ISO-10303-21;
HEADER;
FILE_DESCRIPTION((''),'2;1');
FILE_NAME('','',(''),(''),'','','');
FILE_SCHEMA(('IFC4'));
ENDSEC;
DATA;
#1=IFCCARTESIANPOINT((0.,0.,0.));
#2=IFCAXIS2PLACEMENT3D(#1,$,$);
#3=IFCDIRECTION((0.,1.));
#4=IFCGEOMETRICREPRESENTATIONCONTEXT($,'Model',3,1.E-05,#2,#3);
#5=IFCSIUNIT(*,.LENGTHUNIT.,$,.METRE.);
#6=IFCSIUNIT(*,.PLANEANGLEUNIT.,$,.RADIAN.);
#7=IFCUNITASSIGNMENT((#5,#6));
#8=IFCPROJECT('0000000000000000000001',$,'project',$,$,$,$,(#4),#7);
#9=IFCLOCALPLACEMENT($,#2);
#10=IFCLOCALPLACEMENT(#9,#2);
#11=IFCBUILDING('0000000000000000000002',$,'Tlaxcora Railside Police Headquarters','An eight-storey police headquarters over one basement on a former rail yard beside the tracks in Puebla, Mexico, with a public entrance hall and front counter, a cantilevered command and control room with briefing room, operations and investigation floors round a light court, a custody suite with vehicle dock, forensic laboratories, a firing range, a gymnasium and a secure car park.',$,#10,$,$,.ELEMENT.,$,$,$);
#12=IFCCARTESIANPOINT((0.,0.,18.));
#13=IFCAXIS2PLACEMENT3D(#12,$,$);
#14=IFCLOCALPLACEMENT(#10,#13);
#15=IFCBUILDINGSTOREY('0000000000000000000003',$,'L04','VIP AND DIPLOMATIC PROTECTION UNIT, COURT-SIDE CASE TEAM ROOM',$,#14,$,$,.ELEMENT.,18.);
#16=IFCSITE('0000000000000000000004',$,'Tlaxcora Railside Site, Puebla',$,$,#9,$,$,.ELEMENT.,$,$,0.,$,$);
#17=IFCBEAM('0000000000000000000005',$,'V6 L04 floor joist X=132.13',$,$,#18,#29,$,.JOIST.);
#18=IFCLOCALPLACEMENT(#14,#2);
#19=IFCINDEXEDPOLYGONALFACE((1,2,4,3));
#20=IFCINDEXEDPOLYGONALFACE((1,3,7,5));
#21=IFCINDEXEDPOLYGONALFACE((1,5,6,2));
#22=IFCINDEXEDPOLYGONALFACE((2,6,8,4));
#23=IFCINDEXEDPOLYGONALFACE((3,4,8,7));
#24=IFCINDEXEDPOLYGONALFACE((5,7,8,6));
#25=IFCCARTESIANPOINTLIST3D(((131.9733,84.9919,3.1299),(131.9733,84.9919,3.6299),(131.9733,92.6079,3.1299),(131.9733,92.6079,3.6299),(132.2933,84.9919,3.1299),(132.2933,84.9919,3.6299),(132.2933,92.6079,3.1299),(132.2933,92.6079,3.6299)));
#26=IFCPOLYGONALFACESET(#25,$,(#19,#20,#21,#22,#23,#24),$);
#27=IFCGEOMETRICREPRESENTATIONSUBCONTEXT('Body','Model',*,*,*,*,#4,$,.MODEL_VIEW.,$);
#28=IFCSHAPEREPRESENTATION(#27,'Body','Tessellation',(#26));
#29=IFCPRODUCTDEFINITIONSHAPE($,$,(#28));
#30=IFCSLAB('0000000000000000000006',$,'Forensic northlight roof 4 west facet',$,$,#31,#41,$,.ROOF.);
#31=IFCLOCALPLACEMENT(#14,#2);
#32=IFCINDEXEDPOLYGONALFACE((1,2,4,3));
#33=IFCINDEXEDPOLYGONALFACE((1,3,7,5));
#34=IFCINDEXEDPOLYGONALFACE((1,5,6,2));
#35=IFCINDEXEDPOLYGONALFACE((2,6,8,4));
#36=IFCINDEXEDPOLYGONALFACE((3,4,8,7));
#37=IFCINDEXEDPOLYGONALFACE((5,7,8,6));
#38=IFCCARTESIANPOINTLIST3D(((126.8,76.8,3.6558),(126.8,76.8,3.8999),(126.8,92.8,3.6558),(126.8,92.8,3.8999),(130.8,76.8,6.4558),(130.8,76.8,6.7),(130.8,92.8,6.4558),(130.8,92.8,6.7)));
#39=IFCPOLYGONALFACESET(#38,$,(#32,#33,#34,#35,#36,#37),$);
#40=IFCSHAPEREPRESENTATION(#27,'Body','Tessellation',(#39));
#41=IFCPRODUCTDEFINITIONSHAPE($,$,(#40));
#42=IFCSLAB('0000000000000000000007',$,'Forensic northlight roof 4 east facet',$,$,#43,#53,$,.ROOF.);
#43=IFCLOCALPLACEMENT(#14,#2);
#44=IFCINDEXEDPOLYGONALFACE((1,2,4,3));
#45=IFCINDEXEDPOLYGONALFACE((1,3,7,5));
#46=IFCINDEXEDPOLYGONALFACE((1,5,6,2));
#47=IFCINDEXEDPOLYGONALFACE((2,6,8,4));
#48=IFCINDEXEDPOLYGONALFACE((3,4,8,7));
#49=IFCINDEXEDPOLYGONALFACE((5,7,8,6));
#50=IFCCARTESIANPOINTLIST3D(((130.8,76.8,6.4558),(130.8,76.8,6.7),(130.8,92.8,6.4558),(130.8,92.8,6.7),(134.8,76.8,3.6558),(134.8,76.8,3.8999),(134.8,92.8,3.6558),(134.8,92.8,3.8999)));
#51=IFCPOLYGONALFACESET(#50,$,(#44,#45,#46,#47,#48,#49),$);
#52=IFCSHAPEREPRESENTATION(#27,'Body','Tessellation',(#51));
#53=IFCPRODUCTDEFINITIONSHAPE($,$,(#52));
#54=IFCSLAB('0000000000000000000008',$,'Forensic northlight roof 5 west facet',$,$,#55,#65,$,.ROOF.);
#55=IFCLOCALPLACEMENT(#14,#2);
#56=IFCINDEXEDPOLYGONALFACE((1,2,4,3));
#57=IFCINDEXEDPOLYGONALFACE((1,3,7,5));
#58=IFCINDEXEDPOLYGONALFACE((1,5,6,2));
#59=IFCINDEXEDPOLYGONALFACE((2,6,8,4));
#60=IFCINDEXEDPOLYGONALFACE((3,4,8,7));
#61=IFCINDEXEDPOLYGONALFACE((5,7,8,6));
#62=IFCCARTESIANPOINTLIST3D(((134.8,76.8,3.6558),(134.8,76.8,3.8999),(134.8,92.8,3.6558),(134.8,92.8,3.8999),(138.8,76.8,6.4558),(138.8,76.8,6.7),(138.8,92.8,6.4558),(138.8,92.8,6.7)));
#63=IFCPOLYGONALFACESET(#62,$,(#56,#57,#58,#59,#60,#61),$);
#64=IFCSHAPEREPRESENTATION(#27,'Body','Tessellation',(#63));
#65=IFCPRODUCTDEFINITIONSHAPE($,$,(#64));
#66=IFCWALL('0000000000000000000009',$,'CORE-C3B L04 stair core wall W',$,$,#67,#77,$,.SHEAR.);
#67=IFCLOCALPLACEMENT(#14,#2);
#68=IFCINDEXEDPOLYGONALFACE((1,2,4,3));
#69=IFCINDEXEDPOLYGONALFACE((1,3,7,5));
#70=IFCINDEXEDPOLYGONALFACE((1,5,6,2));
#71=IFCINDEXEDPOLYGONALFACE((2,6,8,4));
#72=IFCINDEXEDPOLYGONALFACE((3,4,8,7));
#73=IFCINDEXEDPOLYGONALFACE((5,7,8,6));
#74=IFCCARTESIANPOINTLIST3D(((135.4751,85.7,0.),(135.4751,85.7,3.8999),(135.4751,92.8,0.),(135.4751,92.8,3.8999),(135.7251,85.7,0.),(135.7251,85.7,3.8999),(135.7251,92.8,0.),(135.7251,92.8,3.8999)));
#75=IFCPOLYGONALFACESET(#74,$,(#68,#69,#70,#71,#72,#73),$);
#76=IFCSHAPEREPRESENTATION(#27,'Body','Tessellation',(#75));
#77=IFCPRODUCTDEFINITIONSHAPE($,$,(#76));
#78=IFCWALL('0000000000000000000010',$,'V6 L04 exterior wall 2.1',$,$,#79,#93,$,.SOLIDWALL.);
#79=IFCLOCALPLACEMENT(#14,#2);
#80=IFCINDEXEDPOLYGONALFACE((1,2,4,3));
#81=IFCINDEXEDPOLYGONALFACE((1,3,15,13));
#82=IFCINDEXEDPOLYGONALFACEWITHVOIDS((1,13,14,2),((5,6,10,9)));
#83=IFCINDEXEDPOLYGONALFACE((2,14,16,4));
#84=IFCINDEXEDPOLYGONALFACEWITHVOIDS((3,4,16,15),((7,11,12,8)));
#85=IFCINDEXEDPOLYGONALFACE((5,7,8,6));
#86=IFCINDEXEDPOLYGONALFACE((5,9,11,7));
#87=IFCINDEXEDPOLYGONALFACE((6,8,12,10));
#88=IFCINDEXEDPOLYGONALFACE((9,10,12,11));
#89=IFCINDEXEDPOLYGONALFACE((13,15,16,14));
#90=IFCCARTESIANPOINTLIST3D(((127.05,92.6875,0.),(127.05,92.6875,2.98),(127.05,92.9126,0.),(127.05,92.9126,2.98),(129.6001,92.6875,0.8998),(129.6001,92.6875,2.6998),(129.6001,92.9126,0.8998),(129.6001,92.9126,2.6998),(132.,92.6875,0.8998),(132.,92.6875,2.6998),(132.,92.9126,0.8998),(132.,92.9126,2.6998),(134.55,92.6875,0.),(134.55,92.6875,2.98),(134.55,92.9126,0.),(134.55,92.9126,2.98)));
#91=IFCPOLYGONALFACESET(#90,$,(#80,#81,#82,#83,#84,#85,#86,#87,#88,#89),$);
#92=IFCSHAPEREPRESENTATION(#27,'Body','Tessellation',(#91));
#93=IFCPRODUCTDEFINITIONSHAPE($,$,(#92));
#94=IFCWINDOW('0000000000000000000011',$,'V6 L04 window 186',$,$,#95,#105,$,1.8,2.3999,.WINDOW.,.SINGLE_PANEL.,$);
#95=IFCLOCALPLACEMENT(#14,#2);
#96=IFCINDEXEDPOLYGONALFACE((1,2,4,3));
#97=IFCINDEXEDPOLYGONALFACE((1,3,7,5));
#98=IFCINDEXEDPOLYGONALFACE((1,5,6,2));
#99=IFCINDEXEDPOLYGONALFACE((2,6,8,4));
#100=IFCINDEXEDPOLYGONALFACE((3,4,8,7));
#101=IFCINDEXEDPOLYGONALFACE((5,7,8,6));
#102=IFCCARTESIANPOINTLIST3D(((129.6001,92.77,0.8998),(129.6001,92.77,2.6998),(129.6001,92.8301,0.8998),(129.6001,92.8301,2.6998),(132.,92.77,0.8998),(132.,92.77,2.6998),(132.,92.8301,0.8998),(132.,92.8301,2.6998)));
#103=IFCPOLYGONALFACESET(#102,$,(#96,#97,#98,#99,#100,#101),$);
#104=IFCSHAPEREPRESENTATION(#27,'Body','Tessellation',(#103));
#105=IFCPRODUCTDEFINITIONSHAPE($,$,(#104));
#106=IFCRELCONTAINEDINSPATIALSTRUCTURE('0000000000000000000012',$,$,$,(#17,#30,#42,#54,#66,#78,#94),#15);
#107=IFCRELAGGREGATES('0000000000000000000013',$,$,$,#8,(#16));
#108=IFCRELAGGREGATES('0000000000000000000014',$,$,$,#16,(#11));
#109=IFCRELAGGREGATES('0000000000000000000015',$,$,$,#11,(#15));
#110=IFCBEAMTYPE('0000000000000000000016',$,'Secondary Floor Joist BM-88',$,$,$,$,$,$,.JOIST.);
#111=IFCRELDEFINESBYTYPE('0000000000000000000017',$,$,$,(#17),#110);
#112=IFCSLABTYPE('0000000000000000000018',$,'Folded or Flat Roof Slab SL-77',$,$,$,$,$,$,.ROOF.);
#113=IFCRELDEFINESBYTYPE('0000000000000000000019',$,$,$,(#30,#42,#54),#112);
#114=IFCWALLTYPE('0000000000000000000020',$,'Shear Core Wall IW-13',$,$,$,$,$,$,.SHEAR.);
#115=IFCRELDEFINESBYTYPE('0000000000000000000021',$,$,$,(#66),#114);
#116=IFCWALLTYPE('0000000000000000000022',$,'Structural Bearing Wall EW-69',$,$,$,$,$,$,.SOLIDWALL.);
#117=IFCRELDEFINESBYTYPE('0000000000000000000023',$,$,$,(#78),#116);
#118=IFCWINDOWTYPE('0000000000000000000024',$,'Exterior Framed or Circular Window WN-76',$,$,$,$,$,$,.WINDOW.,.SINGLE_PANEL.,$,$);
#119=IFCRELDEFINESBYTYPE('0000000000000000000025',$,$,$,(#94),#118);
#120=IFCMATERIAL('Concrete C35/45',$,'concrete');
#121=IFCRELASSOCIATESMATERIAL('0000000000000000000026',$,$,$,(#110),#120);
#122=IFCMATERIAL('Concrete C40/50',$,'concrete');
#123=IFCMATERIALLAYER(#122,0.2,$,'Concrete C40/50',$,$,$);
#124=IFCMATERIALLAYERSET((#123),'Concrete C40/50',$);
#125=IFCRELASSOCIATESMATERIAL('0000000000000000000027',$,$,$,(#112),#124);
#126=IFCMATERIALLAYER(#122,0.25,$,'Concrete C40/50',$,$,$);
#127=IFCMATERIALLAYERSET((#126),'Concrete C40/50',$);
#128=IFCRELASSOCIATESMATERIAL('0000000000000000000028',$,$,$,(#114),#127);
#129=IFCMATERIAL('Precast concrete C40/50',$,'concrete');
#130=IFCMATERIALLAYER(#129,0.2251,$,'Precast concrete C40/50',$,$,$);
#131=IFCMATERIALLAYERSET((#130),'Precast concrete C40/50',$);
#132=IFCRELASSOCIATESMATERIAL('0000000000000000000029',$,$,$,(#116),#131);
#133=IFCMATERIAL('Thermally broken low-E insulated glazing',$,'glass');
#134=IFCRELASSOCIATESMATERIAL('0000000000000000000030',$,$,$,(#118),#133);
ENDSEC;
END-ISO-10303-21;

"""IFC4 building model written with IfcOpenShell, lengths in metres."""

from ifc_helpers import new_model, si_unit, direction, frame, frame_2d, origin, origin_2d, place, context, subcontext, project, spatial, polyline, rectangle, outline, extrude, material, layer, layer_set, material_profile, profile_set, type_object, element, fill, save


model = new_model("IFC4")

# Units and contexts
model_context = context("Model", 3, precision=1e-05, world=origin(), true_north=direction((0.0, 1.0)))
body_context = subcontext(model_context, "Body", "Model", "MODEL_VIEW")
ifc_project = project(units=[si_unit("LENGTHUNIT", "METRE"), si_unit("PLANEANGLEUNIT", "RADIAN")], contexts=[model_context])

# Site, building, storey
site_placement = place(None, origin())
site = spatial("IfcSite", under=ifc_project, at=site_placement, Name="Tlaxcora Railside Site, Puebla", CompositionType="ELEMENT", RefElevation=0.0)
building_placement = place(site_placement, origin())
building = spatial("IfcBuilding", under=site, at=building_placement, Name="Tlaxcora Railside Police Headquarters", Description="An eight-storey police headquarters over one basement on a former rail yard beside the tracks in Puebla, Mexico, with a public entrance hall and front counter, a cantilevered command and control room with briefing room, operations and investigation floors round a light court, a custody suite with vehicle dock, forensic laboratories, a firing range, a gymnasium and a secure car park.", CompositionType="ELEMENT")
storey_placement = place(building_placement, frame((0.0, 0.0, 18.0)))
storey = spatial("IfcBuildingStorey", under=building, at=storey_placement, Name="L04", Description="VIP AND DIPLOMATIC PROTECTION UNIT, COURT-SIDE CASE TEAM ROOM", CompositionType="ELEMENT", Elevation=18.0)

# Shared definitions
ifc_material_1 = material(Name="Concrete C40/50", Category="concrete")

# Beam
ifc_material_2 = material(Name="Concrete C35/45", Category="concrete")
ifc_material_profile_1 = material_profile(ifc_material_2, rectangle(XDim=0.3201, YDim=0.5, at=origin_2d()), Name="RC320X500")
ifc_profile_set_1 = profile_set([ifc_material_profile_1], Name="Concrete C35/45")
beam_type_1 = type_object("IfcBeamType", Name="Secondary Floor Joist BM-88", PredefinedType="JOIST", material=ifc_profile_set_1)
beam_1_placement = place(storey_placement, frame((132.1333, 84.9919, 3.3799), z_axis=(0.0, 1.0, 0.0), x_axis=(-1.0, 0.0, 0.0)))
element("IfcBeam", 1, at=beam_1_placement, inside=storey, type_object=beam_type_1, Name="V6 L04 floor joist X=132.13", PredefinedType="JOIST", context=body_context, shape_type="SweptSolid", body=[
    extrude(rectangle(XDim=0.3201, YDim=0.5, at=origin_2d()), origin(), (0.0, 0.0, 1.0), 7.616),
])

# Slabs
ifc_layer_1 = layer(ifc_material_1, 0.2, Name="Concrete C40/50")
ifc_layer_set_1 = layer_set([ifc_layer_1], Name="Concrete C40/50")
slab_type = type_object("IfcSlabType", Name="Folded or Flat Roof Slab SL-77", PredefinedType="ROOF", material=ifc_layer_set_1)
slab_1_placement = place(storey_placement, frame((126.8, 92.8, 0.0), z_axis=(0.0, -1.0, 0.0), x_axis=(1.0, 0.0, 0.0)))
element("IfcSlab", 2, at=slab_1_placement, inside=storey, type_object=slab_type, Name="Forensic northlight roof 4 west facet", PredefinedType="ROOF", context=body_context, shape_type="SweptSolid", body=[
    extrude(outline(polyline([(0.0, 3.6558), (4.0, 6.4558), (4.0, 6.7), (0.0, 3.8999), (0.0, 3.6558)])), origin(), (0.0, 0.0, 1.0), 16.0),
])
slab_2_placement = place(storey_placement, frame((130.8, 92.8, 0.0), z_axis=(0.0, -1.0, 0.0), x_axis=(1.0, 0.0, 0.0)))
element("IfcSlab", 3, at=slab_2_placement, inside=storey, type_object=slab_type, Name="Forensic northlight roof 4 east facet", PredefinedType="ROOF", context=body_context, shape_type="SweptSolid", body=[
    extrude(outline(polyline([(0.0, 6.4558), (4.0, 3.6558), (4.0, 3.8999), (0.0, 6.7), (0.0, 6.4558)])), origin(), (0.0, 0.0, 1.0), 16.0),
])
slab_3_placement = place(storey_placement, frame((134.8, 92.8, 0.0), z_axis=(0.0, -1.0, 0.0), x_axis=(1.0, 0.0, 0.0)))
element("IfcSlab", 4, at=slab_3_placement, inside=storey, type_object=slab_type, Name="Forensic northlight roof 5 west facet", PredefinedType="ROOF", context=body_context, shape_type="SweptSolid", body=[
    extrude(outline(polyline([(0.0, 3.6558), (4.0, 6.4558), (4.0, 6.7), (0.0, 3.8999), (0.0, 3.6558)])), origin(), (0.0, 0.0, 1.0), 16.0),
])

# Shared definitions
ifc_layer_2 = layer(ifc_material_1, 0.25, Name="Concrete C40/50")
ifc_layer_set_2 = layer_set([ifc_layer_2], Name="Concrete C40/50")
wall_type_1 = type_object("IfcWallType", Name="Shear Core Wall IW-13", PredefinedType="SHEAR", material=ifc_layer_set_2)

# Wall
wall_1_placement = place(storey_placement, frame((135.6001, 92.8, 0.0), z_axis=(0.0, 0.0, 1.0), x_axis=(0.0, -1.0, 0.0)))
element("IfcWall", 5, at=wall_1_placement, inside=storey, type_object=wall_type_1, Name="CORE-C3B L04 stair core wall W", PredefinedType="SHEAR", context=body_context, shape_type="SweptSolid", body=[
    extrude(rectangle(XDim=7.1001, YDim=0.25, at=frame_2d((3.55, 0.0))), origin(), (0.0, 0.0, 1.0), 3.8999),
])

# Wall, opening, window
ifc_material_3 = material(Name="Precast concrete C40/50", Category="concrete")
ifc_layer_3 = layer(ifc_material_3, 0.2251, Name="Precast concrete C40/50")
ifc_layer_set_3 = layer_set([ifc_layer_3], Name="Precast concrete C40/50")
wall_type_2 = type_object("IfcWallType", Name="Structural Bearing Wall EW-69", PredefinedType="SOLIDWALL", material=ifc_layer_set_3)
wall_2_placement = place(storey_placement, frame((134.55, 92.8, 0.0), z_axis=(0.0, 0.0, 1.0), x_axis=(-1.0, 0.0, 0.0)))
wall_2 = element("IfcWall", 6, at=wall_2_placement, inside=storey, type_object=wall_type_2, Name="V6 L04 exterior wall 2.1", PredefinedType="SOLIDWALL", context=body_context, shape_type="SweptSolid", body=[
    extrude(rectangle(XDim=7.5, YDim=0.2251, at=frame_2d((3.75, 0.0))), origin(), (0.0, 0.0, 1.0), 2.98),
])
opening_1_placement = place(wall_2_placement, frame((2.55, 0.0, 0.8999)))
opening_1 = element("IfcOpeningElement", 7, at=opening_1_placement, cuts=wall_2, PredefinedType="OPENING", context=body_context, shape_type="SweptSolid", body=[
    extrude(rectangle(XDim=2.3999, YDim=1.8, at=frame_2d((1.2, 0.8999))), frame((0.0, 0.1226, 0.0), z_axis=(0.0, -1.0, 0.0), x_axis=(1.0, 0.0, 0.0)), (0.0, 0.0, 1.0), 0.2451),
])
ifc_material_4 = material(Name="Thermally broken low-E insulated glazing", Category="glass")
window_type = type_object("IfcWindowType", Name="Exterior Framed or Circular Window WN-76", PartitioningType="SINGLE_PANEL", PredefinedType="WINDOW", material=ifc_material_4)
window_placement = place(opening_1_placement, origin())
window = element("IfcWindow", 8, at=window_placement, inside=storey, type_object=window_type, Name="V6 L04 window 186", OverallHeight=1.8, OverallWidth=2.3999, PartitioningType="SINGLE_PANEL", PredefinedType="WINDOW", context=body_context, shape_type="SweptSolid", body=[
    extrude(rectangle(XDim=2.3999, YDim=1.8, at=frame_2d((1.2, 0.8999))), frame((0.0, 0.03, 0.0), z_axis=(0.0, -1.0, 0.0), x_axis=(1.0, 0.0, 0.0)), (0.0, 0.0, 1.0), 0.0601),
])
fill(opening_1, window)

save(model, "model.ifc")
